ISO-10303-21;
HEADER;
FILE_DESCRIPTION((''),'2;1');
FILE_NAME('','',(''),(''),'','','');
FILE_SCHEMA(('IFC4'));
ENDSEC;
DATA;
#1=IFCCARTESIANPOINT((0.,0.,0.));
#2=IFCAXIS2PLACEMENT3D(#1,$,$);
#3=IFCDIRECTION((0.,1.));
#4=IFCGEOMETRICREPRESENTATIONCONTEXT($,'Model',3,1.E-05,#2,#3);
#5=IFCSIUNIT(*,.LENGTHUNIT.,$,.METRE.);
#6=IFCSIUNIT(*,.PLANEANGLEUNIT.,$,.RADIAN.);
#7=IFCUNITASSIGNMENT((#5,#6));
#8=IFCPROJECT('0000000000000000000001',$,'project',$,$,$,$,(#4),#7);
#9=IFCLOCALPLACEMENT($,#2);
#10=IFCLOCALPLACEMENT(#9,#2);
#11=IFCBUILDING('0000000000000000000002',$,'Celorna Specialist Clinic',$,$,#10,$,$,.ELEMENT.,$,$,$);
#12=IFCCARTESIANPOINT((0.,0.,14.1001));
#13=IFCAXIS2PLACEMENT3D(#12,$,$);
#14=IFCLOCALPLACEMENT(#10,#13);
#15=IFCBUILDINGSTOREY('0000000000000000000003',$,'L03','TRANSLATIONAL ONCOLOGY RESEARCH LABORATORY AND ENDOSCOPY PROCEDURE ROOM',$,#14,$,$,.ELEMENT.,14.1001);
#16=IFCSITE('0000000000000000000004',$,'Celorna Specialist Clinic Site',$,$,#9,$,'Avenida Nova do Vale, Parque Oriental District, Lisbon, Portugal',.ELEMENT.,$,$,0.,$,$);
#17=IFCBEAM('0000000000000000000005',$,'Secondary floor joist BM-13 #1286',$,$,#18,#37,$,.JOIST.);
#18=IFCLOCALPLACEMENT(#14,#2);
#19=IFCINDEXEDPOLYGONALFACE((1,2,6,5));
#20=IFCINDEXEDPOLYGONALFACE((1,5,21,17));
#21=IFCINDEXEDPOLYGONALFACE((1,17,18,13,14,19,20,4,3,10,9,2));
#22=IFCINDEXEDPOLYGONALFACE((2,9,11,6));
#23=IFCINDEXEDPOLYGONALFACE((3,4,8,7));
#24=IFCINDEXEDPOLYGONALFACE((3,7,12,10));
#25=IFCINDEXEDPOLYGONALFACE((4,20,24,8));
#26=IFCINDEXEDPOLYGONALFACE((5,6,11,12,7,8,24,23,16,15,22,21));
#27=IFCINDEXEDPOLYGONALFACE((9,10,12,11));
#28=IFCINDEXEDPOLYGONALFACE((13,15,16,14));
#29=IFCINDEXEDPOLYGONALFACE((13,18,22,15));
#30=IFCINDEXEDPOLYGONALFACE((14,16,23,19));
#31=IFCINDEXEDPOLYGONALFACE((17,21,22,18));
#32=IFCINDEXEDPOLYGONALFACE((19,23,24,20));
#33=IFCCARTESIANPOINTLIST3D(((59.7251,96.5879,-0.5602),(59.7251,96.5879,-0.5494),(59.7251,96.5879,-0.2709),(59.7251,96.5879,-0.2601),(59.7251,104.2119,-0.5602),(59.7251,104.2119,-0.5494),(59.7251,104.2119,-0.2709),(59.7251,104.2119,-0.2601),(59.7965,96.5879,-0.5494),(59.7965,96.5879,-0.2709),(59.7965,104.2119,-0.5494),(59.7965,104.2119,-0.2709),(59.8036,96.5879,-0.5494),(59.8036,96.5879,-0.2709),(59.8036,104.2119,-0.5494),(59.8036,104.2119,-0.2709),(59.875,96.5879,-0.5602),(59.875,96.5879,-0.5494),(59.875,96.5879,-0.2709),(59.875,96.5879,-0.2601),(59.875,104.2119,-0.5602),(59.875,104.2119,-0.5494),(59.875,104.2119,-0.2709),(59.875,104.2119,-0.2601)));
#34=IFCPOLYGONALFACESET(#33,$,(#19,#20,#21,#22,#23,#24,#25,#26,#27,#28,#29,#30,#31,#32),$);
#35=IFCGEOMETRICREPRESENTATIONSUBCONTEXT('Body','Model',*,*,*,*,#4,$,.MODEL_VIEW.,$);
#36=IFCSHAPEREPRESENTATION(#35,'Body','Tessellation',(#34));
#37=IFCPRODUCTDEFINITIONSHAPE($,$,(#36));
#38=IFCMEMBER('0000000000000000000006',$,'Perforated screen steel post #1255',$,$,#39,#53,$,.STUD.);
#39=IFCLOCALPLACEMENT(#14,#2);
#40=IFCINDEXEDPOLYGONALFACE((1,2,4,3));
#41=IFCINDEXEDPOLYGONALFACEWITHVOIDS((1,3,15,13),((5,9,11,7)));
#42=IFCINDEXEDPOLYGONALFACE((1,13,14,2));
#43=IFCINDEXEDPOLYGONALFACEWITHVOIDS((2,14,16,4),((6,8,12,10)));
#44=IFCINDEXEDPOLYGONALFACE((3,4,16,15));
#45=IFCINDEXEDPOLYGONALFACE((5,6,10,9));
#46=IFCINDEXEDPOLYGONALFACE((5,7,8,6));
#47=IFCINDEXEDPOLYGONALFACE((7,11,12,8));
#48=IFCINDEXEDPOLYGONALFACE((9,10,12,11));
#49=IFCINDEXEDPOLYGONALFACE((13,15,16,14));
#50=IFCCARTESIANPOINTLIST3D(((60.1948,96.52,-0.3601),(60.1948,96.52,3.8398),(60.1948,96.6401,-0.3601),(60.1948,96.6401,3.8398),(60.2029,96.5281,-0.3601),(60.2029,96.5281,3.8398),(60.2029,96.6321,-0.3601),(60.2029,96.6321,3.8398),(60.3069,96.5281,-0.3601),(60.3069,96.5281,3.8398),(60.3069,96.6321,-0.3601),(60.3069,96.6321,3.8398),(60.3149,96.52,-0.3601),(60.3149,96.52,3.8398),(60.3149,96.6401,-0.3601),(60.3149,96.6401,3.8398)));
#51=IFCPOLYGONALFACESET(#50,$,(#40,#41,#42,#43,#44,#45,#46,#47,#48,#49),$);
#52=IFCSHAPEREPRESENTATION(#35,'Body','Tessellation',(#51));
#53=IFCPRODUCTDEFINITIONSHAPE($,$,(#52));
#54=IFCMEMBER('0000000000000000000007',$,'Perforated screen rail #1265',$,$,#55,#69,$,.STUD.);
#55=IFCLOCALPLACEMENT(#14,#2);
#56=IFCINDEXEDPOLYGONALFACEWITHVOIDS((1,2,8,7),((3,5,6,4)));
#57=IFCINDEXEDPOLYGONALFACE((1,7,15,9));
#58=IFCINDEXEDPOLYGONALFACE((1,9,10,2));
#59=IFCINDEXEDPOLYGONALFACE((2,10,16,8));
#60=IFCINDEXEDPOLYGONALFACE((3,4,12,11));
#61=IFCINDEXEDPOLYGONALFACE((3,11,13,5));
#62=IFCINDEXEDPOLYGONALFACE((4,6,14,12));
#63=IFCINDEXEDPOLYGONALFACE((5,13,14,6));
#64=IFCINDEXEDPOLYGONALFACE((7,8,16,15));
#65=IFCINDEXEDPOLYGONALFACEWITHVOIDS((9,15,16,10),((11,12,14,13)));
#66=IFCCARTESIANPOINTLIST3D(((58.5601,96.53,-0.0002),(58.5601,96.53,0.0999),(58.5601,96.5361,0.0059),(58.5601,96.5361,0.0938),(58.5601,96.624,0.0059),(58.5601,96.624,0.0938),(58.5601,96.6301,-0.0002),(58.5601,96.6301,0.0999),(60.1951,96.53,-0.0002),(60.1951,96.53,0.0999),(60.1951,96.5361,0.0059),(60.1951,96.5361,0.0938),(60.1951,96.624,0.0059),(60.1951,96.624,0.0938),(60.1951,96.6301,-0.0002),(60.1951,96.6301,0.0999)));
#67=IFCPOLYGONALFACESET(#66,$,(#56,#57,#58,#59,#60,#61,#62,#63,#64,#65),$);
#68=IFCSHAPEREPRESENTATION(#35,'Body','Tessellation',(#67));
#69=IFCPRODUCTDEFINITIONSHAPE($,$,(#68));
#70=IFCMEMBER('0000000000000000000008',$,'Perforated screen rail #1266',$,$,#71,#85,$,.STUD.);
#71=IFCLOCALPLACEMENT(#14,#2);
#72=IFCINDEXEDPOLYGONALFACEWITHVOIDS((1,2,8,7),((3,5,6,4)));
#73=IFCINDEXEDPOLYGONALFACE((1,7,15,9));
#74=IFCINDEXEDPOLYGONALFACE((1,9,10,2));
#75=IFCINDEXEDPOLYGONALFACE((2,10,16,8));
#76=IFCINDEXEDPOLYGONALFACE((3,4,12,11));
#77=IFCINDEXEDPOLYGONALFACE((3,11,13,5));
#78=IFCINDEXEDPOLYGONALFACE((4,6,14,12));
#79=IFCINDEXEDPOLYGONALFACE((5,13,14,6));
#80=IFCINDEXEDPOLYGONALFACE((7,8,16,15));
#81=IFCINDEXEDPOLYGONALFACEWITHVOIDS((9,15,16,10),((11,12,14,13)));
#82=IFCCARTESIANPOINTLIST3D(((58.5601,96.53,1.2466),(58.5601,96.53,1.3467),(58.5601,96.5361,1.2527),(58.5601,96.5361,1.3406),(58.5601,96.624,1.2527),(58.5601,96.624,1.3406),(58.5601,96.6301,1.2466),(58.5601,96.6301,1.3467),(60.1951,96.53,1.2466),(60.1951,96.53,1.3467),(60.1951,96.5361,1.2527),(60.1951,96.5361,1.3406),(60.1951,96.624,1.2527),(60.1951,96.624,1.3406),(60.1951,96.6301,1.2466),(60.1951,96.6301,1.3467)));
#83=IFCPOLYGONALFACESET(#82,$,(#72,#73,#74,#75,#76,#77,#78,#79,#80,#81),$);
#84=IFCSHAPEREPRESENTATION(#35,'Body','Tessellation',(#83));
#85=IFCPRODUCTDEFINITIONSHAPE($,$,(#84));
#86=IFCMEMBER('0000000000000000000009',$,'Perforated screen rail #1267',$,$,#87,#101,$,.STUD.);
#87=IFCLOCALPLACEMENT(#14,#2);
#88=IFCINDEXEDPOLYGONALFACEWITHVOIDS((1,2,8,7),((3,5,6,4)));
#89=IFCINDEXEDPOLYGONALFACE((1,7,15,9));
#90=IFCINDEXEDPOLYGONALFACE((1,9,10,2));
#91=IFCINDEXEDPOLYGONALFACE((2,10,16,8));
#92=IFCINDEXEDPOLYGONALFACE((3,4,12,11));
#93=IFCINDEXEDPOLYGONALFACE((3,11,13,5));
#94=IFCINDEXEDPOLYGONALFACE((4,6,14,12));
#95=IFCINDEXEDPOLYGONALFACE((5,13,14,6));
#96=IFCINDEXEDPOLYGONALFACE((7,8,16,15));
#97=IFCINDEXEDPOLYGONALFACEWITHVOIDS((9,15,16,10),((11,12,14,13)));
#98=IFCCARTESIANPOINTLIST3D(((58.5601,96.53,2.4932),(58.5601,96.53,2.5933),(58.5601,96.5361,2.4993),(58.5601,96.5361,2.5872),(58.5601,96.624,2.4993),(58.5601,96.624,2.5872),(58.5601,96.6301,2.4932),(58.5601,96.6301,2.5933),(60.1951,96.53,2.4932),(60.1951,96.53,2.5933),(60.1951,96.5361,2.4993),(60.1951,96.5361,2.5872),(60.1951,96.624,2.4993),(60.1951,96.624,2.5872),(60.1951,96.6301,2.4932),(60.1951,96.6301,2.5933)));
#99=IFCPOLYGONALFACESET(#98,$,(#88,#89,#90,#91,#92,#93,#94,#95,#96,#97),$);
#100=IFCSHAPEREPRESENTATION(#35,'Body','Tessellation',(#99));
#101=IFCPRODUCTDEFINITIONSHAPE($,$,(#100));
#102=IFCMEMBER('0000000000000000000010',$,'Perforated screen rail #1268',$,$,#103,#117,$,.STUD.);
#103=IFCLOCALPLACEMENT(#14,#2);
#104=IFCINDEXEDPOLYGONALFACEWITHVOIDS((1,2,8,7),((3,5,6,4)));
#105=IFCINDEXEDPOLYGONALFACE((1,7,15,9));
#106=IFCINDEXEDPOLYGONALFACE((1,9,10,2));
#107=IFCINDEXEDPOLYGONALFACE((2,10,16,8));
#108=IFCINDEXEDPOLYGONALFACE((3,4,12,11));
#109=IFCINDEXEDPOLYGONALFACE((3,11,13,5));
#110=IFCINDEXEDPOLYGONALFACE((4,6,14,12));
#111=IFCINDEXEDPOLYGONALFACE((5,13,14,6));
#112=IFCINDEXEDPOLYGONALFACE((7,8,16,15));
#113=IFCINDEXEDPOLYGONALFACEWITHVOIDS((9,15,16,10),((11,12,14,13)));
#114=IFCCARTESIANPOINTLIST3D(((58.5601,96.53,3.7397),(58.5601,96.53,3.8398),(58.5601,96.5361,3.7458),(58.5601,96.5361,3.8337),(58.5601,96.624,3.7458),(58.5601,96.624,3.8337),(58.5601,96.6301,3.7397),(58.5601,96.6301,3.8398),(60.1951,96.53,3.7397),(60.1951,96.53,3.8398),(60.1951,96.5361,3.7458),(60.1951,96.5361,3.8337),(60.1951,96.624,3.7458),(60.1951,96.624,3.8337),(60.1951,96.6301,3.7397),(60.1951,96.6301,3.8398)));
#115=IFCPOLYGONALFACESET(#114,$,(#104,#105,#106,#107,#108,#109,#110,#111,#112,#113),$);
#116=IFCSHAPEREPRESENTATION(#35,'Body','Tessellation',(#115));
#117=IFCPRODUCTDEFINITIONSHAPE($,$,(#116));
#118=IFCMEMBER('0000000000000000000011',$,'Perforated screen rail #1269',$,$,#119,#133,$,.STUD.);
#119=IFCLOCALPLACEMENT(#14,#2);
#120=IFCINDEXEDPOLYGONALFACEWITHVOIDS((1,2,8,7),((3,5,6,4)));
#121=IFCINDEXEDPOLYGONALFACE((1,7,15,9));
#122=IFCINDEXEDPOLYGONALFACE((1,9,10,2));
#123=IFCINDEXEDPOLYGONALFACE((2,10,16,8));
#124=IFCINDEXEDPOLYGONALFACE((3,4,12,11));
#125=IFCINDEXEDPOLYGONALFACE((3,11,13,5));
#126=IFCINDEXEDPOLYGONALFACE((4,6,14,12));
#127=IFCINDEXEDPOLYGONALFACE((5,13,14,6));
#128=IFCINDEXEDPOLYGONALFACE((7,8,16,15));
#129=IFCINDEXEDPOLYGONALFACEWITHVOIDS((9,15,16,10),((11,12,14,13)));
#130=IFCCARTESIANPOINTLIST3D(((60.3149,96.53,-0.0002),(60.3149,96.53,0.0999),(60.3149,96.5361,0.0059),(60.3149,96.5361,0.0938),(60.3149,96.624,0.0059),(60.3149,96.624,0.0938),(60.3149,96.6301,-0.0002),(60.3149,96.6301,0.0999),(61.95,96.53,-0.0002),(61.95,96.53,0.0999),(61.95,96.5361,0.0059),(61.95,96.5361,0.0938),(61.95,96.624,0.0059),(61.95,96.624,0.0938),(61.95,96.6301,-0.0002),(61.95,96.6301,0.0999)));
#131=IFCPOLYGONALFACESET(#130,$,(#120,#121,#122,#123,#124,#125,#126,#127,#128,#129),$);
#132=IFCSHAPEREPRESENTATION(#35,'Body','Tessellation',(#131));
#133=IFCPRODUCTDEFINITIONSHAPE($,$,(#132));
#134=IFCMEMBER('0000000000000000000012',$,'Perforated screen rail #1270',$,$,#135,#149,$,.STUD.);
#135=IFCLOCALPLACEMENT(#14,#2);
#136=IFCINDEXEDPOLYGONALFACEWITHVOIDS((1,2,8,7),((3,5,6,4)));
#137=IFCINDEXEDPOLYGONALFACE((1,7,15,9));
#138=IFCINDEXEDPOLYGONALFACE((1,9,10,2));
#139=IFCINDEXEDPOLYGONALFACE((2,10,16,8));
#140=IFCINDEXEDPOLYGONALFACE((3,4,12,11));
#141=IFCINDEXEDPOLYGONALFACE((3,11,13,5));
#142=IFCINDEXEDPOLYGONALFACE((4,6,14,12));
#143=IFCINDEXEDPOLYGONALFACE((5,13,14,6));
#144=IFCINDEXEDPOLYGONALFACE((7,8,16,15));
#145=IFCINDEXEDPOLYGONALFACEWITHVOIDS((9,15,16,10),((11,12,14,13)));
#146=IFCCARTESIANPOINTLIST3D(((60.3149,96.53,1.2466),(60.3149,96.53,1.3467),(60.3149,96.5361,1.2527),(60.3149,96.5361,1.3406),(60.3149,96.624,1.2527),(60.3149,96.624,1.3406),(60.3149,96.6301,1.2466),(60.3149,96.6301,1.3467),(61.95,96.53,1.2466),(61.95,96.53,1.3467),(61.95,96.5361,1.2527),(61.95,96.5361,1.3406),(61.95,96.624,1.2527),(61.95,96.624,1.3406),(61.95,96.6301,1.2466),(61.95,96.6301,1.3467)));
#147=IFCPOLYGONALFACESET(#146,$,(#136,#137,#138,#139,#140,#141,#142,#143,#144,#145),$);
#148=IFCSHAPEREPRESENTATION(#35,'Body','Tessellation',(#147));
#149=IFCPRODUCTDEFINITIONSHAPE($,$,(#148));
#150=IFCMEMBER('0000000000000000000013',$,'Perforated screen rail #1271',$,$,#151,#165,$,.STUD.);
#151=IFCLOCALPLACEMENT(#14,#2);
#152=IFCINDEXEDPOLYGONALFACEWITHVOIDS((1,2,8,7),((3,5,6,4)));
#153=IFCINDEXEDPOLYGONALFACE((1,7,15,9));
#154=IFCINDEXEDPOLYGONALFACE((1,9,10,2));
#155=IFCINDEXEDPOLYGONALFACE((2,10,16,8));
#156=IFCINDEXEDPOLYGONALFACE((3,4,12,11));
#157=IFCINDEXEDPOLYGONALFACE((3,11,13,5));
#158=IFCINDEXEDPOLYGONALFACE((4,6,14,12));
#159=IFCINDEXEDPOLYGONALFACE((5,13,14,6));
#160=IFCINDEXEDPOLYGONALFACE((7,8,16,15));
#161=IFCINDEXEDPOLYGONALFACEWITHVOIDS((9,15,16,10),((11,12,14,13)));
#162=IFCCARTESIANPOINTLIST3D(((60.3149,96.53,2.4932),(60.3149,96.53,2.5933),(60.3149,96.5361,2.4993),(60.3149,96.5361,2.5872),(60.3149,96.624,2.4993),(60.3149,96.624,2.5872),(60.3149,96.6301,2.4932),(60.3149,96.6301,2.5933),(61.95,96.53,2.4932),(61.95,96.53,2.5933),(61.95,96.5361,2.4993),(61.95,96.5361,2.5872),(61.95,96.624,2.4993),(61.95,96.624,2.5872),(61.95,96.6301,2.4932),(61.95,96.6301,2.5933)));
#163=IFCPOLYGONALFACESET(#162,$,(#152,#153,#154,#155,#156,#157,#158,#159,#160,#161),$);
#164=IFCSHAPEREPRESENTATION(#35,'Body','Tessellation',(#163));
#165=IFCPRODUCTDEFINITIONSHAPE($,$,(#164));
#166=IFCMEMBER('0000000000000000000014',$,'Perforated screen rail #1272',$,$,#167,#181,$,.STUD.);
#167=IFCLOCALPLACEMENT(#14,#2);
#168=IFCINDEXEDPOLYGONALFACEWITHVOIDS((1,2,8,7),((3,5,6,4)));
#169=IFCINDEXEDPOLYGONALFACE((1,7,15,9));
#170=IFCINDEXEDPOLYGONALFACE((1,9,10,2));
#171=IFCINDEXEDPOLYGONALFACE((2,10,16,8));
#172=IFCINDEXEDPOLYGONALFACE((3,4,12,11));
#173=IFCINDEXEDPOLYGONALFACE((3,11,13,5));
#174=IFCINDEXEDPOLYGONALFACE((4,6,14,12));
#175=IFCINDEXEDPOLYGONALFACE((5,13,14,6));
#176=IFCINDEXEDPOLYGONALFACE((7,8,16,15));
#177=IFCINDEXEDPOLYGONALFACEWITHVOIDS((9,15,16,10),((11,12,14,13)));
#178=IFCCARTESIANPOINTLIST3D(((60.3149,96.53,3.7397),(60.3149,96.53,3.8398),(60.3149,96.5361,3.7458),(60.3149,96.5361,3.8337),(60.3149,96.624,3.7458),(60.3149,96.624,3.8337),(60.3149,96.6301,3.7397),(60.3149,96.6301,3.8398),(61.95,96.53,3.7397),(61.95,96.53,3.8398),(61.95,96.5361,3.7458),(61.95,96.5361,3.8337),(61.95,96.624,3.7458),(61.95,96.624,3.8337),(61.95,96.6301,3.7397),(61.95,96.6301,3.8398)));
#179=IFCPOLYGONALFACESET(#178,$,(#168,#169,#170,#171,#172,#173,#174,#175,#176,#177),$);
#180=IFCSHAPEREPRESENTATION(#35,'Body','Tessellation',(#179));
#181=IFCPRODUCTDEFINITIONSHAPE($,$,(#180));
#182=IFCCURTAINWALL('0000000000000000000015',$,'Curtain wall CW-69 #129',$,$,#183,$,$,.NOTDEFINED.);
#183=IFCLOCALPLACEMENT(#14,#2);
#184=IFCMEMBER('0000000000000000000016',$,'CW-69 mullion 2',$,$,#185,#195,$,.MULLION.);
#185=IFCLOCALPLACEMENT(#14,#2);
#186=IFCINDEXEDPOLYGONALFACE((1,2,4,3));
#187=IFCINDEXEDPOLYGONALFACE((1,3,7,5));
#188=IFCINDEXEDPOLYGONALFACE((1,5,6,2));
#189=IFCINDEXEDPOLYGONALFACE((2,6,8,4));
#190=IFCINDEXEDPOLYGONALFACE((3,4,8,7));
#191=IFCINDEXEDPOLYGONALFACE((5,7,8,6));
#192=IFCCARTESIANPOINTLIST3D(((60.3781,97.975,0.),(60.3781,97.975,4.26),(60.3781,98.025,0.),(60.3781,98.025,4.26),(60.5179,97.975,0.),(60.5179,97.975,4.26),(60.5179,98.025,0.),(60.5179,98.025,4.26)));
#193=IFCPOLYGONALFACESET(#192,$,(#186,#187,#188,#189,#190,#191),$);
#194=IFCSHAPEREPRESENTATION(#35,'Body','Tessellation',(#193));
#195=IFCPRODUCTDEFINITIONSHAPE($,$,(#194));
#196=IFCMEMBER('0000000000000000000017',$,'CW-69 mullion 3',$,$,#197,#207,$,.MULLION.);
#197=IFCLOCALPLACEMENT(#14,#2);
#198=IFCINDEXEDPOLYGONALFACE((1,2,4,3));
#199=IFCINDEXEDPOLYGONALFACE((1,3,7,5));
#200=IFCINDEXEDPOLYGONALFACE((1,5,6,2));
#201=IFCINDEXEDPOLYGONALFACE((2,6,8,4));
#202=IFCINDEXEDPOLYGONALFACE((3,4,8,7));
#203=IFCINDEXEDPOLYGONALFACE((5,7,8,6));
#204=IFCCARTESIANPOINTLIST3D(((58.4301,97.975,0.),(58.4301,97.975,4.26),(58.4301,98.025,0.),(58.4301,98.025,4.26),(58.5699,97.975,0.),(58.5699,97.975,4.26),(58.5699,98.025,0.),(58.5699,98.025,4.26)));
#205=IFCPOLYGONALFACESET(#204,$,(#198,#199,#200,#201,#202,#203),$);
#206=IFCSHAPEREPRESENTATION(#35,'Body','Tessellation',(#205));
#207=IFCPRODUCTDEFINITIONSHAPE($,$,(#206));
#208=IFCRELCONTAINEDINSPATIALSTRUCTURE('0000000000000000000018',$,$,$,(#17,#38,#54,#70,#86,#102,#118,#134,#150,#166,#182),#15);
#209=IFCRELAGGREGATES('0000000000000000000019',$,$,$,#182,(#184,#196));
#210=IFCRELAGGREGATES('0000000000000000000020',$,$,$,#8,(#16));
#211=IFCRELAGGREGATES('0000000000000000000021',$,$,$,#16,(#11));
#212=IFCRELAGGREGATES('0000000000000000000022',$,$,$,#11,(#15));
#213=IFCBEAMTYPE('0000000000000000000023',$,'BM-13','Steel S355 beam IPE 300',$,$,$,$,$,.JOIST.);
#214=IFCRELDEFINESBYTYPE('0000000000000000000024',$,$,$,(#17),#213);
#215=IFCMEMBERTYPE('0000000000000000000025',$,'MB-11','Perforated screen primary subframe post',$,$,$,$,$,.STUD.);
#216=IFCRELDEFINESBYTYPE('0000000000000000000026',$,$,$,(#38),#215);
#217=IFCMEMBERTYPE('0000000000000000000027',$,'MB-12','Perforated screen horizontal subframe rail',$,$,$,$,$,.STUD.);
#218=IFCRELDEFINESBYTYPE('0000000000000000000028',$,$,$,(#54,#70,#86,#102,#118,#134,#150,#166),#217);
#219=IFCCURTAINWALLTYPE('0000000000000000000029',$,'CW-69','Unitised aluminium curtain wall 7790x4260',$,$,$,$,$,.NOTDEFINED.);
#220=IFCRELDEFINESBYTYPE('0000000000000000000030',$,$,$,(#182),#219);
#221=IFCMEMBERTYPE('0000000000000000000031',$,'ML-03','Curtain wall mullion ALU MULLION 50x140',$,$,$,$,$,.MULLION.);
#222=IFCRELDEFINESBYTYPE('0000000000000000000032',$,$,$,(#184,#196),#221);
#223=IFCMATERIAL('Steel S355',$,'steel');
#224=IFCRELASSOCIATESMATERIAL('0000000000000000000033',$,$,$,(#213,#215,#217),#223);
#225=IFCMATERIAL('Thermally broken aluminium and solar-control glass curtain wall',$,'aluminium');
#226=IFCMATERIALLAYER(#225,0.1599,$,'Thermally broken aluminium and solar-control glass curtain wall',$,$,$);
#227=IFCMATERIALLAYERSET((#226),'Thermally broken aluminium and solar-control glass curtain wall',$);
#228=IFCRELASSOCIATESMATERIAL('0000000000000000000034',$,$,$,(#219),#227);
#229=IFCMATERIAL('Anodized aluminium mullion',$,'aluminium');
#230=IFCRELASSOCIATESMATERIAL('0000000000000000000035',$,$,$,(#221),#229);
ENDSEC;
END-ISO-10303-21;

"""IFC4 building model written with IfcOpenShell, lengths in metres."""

from ifc_helpers import new_model, si_unit, direction, frame, origin, origin_2d, place, context, subcontext, project, spatial, rectangle, hollow_rectangle, i_section, extrude, material, layer, layer_set, material_profile, profile_set, type_object, element, aggregate, save


model = new_model("IFC4")

# Units and contexts
model_context = context("Model", 3, precision=1e-05, world=origin(), true_north=direction((0.0, 1.0)))
body_context = subcontext(model_context, "Body", "Model", "MODEL_VIEW")
ifc_project = project(units=[si_unit("LENGTHUNIT", "METRE"), si_unit("PLANEANGLEUNIT", "RADIAN")], contexts=[model_context])

# Site, building, storey
site_placement = place(None, origin())
site = spatial("IfcSite", under=ifc_project, at=site_placement, Name="Celorna Specialist Clinic Site", LongName="Avenida Nova do Vale, Parque Oriental District, Lisbon, Portugal", CompositionType="ELEMENT", RefElevation=0.0)
building_placement = place(site_placement, origin())
building = spatial("IfcBuilding", under=site, at=building_placement, Name="Celorna Specialist Clinic", CompositionType="ELEMENT")
storey_placement = place(building_placement, frame((0.0, 0.0, 14.1001)))
storey = spatial("IfcBuildingStorey", under=building, at=storey_placement, Name="L03", Description="TRANSLATIONAL ONCOLOGY RESEARCH LABORATORY AND ENDOSCOPY PROCEDURE ROOM", CompositionType="ELEMENT", Elevation=14.1001)

# Beam
ifc_material_1 = material(Name="Steel S355", Category="steel")
ifc_material_profile_1 = material_profile(ifc_material_1, i_section(OverallWidth=0.1499, OverallDepth=0.3, WebThickness=0.0071, FlangeThickness=0.0107, at=origin_2d()), Name="IPE 300")
ifc_profile_set_1 = profile_set([ifc_material_profile_1], Name="Steel S355")
beam_type = type_object("IfcBeamType", Name="BM-13", Description="Steel S355 beam IPE 300", PredefinedType="JOIST", material=ifc_profile_set_1)
beam_placement = place(storey_placement, frame((59.8, 96.5879, -0.4102), z_axis=(0.0, 1.0, 0.0), x_axis=(-1.0, 0.0, 0.0)))
element("IfcBeam", 1, at=beam_placement, inside=storey, type_object=beam_type, Name="Secondary floor joist BM-13 #1286", PredefinedType="JOIST", context=body_context, shape_type="SweptSolid", body=[
    extrude(i_section(OverallWidth=0.1499, OverallDepth=0.3, WebThickness=0.0071, FlangeThickness=0.0107, at=origin_2d()), origin(), (0.0, 0.0, 1.0), 7.624),
])

# Members
ifc_material_profile_2 = material_profile(ifc_material_1, hollow_rectangle(XDim=0.1201, YDim=0.1201, WallThickness=0.0081, at=origin_2d()), Name="SHS 120x120x8")
ifc_profile_set_2 = profile_set([ifc_material_profile_2], Name="Steel S355")
member_type_1 = type_object("IfcMemberType", Name="MB-11", Description="Perforated screen primary subframe post", PredefinedType="STUD", material=ifc_profile_set_2)
member_1_placement = place(storey_placement, frame((60.2549, 96.5801, -0.3601), z_axis=(0.0, 0.0, 1.0), x_axis=(1.0, 0.0, 0.0)))
element("IfcMember", 2, at=member_1_placement, inside=storey, type_object=member_type_1, Name="Perforated screen steel post #1255", PredefinedType="STUD", context=body_context, shape_type="SweptSolid", body=[
    extrude(hollow_rectangle(XDim=0.1201, YDim=0.1201, WallThickness=0.0081, at=origin_2d()), origin(), (0.0, 0.0, 1.0), 4.2),
])
ifc_material_profile_3 = material_profile(ifc_material_1, hollow_rectangle(XDim=0.1001, YDim=0.1001, WallThickness=0.0061, at=origin_2d()), Name="SHS 100x100x6")
ifc_profile_set_3 = profile_set([ifc_material_profile_3], Name="Steel S355")
member_type_2 = type_object("IfcMemberType", Name="MB-12", Description="Perforated screen horizontal subframe rail", PredefinedType="STUD", material=ifc_profile_set_3)
for number, where, z_axis, x_axis, name in (
    (3, (58.5601, 96.5801, 0.0498), (1.0, 0.0, 0.0), (0.0, 1.0, 0.0), "Perforated screen rail #1265"),
    (4, (58.5601, 96.5801, 1.2966), (1.0, 0.0, 0.0), (0.0, 1.0, 0.0), "Perforated screen rail #1266"),
    (5, (58.5601, 96.5801, 2.5432), (1.0, 0.0, 0.0), (0.0, 1.0, 0.0), "Perforated screen rail #1267"),
    (6, (58.5601, 96.5801, 3.7898), (1.0, 0.0, 0.0), (0.0, 1.0, 0.0), "Perforated screen rail #1268"),
    (7, (60.3149, 96.5801, 0.0498), (1.0, 0.0, 0.0), (0.0, 1.0, 0.0), "Perforated screen rail #1269"),
    (8, (60.3149, 96.5801, 1.2966), (1.0, 0.0, 0.0), (0.0, 1.0, 0.0), "Perforated screen rail #1270"),
    (9, (60.3149, 96.5801, 2.5432), (1.0, 0.0, 0.0), (0.0, 1.0, 0.0), "Perforated screen rail #1271"),
    (10, (60.3149, 96.5801, 3.7898), (1.0, 0.0, 0.0), (0.0, 1.0, 0.0), "Perforated screen rail #1272"),
):
    element("IfcMember", number, at=place(storey_placement, frame(where, z_axis=z_axis, x_axis=x_axis)), inside=storey, type_object=member_type_2, Name=name, PredefinedType="STUD", context=body_context, shape_type="SweptSolid", body=[
        extrude(hollow_rectangle(XDim=0.1001, YDim=0.1001, WallThickness=0.0061, at=origin_2d()), origin(), (0.0, 0.0, 1.0), 1.635),
    ])

# Curtain wall, members
ifc_material_2 = material(Name="Thermally broken aluminium and solar-control glass curtain wall", Category="aluminium")
ifc_layer_1 = layer(ifc_material_2, 0.1599, Name="Thermally broken aluminium and solar-control glass curtain wall")
ifc_layer_set_1 = layer_set([ifc_layer_1], Name="Thermally broken aluminium and solar-control glass curtain wall")
curtain_wall_type = type_object("IfcCurtainWallType", Name="CW-69", Description="Unitised aluminium curtain wall 7790x4260", PredefinedType="NOTDEFINED", material=ifc_layer_set_1)
curtain_wall_placement = place(storey_placement, origin())
curtain_wall = element("IfcCurtainWall", 11, at=curtain_wall_placement, inside=storey, type_object=curtain_wall_type, Name="Curtain wall CW-69 #129", PredefinedType="NOTDEFINED")
ifc_material_3 = material(Name="Anodized aluminium mullion", Category="aluminium")
ifc_material_profile_4 = material_profile(ifc_material_3, rectangle(XDim=0.05, YDim=0.1399, at=origin_2d()), Name="ALU MULLION 50x140")
ifc_profile_set_4 = profile_set([ifc_material_profile_4], Name="Anodized aluminium mullion")
member_type_3 = type_object("IfcMemberType", Name="ML-03", Description="Curtain wall mullion ALU MULLION 50x140", PredefinedType="MULLION", material=ifc_profile_set_4)
member_2_placement = place(storey_placement, frame((60.448, 98.0, 0.0), z_axis=(0.0, 0.0, 1.0), x_axis=(0.0, -1.0, 0.0)))
member_2 = element("IfcMember", 12, at=member_2_placement, type_object=member_type_3, Name="CW-69 mullion 2", PredefinedType="MULLION", context=body_context, shape_type="SweptSolid", body=[
    extrude(rectangle(XDim=0.05, YDim=0.1399, at=origin_2d()), origin(), (0.0, 0.0, 1.0), 4.26),
])
member_3_placement = place(storey_placement, frame((58.5, 98.0, 0.0), z_axis=(0.0, 0.0, 1.0), x_axis=(0.0, -1.0, 0.0)))
member_3 = element("IfcMember", 13, at=member_3_placement, type_object=member_type_3, Name="CW-69 mullion 3", PredefinedType="MULLION", context=body_context, shape_type="SweptSolid", body=[
    extrude(rectangle(XDim=0.05, YDim=0.1399, at=origin_2d()), origin(), (0.0, 0.0, 1.0), 4.26),
])
aggregate(curtain_wall, [member_2, member_3])

save(model, "model.ifc")
